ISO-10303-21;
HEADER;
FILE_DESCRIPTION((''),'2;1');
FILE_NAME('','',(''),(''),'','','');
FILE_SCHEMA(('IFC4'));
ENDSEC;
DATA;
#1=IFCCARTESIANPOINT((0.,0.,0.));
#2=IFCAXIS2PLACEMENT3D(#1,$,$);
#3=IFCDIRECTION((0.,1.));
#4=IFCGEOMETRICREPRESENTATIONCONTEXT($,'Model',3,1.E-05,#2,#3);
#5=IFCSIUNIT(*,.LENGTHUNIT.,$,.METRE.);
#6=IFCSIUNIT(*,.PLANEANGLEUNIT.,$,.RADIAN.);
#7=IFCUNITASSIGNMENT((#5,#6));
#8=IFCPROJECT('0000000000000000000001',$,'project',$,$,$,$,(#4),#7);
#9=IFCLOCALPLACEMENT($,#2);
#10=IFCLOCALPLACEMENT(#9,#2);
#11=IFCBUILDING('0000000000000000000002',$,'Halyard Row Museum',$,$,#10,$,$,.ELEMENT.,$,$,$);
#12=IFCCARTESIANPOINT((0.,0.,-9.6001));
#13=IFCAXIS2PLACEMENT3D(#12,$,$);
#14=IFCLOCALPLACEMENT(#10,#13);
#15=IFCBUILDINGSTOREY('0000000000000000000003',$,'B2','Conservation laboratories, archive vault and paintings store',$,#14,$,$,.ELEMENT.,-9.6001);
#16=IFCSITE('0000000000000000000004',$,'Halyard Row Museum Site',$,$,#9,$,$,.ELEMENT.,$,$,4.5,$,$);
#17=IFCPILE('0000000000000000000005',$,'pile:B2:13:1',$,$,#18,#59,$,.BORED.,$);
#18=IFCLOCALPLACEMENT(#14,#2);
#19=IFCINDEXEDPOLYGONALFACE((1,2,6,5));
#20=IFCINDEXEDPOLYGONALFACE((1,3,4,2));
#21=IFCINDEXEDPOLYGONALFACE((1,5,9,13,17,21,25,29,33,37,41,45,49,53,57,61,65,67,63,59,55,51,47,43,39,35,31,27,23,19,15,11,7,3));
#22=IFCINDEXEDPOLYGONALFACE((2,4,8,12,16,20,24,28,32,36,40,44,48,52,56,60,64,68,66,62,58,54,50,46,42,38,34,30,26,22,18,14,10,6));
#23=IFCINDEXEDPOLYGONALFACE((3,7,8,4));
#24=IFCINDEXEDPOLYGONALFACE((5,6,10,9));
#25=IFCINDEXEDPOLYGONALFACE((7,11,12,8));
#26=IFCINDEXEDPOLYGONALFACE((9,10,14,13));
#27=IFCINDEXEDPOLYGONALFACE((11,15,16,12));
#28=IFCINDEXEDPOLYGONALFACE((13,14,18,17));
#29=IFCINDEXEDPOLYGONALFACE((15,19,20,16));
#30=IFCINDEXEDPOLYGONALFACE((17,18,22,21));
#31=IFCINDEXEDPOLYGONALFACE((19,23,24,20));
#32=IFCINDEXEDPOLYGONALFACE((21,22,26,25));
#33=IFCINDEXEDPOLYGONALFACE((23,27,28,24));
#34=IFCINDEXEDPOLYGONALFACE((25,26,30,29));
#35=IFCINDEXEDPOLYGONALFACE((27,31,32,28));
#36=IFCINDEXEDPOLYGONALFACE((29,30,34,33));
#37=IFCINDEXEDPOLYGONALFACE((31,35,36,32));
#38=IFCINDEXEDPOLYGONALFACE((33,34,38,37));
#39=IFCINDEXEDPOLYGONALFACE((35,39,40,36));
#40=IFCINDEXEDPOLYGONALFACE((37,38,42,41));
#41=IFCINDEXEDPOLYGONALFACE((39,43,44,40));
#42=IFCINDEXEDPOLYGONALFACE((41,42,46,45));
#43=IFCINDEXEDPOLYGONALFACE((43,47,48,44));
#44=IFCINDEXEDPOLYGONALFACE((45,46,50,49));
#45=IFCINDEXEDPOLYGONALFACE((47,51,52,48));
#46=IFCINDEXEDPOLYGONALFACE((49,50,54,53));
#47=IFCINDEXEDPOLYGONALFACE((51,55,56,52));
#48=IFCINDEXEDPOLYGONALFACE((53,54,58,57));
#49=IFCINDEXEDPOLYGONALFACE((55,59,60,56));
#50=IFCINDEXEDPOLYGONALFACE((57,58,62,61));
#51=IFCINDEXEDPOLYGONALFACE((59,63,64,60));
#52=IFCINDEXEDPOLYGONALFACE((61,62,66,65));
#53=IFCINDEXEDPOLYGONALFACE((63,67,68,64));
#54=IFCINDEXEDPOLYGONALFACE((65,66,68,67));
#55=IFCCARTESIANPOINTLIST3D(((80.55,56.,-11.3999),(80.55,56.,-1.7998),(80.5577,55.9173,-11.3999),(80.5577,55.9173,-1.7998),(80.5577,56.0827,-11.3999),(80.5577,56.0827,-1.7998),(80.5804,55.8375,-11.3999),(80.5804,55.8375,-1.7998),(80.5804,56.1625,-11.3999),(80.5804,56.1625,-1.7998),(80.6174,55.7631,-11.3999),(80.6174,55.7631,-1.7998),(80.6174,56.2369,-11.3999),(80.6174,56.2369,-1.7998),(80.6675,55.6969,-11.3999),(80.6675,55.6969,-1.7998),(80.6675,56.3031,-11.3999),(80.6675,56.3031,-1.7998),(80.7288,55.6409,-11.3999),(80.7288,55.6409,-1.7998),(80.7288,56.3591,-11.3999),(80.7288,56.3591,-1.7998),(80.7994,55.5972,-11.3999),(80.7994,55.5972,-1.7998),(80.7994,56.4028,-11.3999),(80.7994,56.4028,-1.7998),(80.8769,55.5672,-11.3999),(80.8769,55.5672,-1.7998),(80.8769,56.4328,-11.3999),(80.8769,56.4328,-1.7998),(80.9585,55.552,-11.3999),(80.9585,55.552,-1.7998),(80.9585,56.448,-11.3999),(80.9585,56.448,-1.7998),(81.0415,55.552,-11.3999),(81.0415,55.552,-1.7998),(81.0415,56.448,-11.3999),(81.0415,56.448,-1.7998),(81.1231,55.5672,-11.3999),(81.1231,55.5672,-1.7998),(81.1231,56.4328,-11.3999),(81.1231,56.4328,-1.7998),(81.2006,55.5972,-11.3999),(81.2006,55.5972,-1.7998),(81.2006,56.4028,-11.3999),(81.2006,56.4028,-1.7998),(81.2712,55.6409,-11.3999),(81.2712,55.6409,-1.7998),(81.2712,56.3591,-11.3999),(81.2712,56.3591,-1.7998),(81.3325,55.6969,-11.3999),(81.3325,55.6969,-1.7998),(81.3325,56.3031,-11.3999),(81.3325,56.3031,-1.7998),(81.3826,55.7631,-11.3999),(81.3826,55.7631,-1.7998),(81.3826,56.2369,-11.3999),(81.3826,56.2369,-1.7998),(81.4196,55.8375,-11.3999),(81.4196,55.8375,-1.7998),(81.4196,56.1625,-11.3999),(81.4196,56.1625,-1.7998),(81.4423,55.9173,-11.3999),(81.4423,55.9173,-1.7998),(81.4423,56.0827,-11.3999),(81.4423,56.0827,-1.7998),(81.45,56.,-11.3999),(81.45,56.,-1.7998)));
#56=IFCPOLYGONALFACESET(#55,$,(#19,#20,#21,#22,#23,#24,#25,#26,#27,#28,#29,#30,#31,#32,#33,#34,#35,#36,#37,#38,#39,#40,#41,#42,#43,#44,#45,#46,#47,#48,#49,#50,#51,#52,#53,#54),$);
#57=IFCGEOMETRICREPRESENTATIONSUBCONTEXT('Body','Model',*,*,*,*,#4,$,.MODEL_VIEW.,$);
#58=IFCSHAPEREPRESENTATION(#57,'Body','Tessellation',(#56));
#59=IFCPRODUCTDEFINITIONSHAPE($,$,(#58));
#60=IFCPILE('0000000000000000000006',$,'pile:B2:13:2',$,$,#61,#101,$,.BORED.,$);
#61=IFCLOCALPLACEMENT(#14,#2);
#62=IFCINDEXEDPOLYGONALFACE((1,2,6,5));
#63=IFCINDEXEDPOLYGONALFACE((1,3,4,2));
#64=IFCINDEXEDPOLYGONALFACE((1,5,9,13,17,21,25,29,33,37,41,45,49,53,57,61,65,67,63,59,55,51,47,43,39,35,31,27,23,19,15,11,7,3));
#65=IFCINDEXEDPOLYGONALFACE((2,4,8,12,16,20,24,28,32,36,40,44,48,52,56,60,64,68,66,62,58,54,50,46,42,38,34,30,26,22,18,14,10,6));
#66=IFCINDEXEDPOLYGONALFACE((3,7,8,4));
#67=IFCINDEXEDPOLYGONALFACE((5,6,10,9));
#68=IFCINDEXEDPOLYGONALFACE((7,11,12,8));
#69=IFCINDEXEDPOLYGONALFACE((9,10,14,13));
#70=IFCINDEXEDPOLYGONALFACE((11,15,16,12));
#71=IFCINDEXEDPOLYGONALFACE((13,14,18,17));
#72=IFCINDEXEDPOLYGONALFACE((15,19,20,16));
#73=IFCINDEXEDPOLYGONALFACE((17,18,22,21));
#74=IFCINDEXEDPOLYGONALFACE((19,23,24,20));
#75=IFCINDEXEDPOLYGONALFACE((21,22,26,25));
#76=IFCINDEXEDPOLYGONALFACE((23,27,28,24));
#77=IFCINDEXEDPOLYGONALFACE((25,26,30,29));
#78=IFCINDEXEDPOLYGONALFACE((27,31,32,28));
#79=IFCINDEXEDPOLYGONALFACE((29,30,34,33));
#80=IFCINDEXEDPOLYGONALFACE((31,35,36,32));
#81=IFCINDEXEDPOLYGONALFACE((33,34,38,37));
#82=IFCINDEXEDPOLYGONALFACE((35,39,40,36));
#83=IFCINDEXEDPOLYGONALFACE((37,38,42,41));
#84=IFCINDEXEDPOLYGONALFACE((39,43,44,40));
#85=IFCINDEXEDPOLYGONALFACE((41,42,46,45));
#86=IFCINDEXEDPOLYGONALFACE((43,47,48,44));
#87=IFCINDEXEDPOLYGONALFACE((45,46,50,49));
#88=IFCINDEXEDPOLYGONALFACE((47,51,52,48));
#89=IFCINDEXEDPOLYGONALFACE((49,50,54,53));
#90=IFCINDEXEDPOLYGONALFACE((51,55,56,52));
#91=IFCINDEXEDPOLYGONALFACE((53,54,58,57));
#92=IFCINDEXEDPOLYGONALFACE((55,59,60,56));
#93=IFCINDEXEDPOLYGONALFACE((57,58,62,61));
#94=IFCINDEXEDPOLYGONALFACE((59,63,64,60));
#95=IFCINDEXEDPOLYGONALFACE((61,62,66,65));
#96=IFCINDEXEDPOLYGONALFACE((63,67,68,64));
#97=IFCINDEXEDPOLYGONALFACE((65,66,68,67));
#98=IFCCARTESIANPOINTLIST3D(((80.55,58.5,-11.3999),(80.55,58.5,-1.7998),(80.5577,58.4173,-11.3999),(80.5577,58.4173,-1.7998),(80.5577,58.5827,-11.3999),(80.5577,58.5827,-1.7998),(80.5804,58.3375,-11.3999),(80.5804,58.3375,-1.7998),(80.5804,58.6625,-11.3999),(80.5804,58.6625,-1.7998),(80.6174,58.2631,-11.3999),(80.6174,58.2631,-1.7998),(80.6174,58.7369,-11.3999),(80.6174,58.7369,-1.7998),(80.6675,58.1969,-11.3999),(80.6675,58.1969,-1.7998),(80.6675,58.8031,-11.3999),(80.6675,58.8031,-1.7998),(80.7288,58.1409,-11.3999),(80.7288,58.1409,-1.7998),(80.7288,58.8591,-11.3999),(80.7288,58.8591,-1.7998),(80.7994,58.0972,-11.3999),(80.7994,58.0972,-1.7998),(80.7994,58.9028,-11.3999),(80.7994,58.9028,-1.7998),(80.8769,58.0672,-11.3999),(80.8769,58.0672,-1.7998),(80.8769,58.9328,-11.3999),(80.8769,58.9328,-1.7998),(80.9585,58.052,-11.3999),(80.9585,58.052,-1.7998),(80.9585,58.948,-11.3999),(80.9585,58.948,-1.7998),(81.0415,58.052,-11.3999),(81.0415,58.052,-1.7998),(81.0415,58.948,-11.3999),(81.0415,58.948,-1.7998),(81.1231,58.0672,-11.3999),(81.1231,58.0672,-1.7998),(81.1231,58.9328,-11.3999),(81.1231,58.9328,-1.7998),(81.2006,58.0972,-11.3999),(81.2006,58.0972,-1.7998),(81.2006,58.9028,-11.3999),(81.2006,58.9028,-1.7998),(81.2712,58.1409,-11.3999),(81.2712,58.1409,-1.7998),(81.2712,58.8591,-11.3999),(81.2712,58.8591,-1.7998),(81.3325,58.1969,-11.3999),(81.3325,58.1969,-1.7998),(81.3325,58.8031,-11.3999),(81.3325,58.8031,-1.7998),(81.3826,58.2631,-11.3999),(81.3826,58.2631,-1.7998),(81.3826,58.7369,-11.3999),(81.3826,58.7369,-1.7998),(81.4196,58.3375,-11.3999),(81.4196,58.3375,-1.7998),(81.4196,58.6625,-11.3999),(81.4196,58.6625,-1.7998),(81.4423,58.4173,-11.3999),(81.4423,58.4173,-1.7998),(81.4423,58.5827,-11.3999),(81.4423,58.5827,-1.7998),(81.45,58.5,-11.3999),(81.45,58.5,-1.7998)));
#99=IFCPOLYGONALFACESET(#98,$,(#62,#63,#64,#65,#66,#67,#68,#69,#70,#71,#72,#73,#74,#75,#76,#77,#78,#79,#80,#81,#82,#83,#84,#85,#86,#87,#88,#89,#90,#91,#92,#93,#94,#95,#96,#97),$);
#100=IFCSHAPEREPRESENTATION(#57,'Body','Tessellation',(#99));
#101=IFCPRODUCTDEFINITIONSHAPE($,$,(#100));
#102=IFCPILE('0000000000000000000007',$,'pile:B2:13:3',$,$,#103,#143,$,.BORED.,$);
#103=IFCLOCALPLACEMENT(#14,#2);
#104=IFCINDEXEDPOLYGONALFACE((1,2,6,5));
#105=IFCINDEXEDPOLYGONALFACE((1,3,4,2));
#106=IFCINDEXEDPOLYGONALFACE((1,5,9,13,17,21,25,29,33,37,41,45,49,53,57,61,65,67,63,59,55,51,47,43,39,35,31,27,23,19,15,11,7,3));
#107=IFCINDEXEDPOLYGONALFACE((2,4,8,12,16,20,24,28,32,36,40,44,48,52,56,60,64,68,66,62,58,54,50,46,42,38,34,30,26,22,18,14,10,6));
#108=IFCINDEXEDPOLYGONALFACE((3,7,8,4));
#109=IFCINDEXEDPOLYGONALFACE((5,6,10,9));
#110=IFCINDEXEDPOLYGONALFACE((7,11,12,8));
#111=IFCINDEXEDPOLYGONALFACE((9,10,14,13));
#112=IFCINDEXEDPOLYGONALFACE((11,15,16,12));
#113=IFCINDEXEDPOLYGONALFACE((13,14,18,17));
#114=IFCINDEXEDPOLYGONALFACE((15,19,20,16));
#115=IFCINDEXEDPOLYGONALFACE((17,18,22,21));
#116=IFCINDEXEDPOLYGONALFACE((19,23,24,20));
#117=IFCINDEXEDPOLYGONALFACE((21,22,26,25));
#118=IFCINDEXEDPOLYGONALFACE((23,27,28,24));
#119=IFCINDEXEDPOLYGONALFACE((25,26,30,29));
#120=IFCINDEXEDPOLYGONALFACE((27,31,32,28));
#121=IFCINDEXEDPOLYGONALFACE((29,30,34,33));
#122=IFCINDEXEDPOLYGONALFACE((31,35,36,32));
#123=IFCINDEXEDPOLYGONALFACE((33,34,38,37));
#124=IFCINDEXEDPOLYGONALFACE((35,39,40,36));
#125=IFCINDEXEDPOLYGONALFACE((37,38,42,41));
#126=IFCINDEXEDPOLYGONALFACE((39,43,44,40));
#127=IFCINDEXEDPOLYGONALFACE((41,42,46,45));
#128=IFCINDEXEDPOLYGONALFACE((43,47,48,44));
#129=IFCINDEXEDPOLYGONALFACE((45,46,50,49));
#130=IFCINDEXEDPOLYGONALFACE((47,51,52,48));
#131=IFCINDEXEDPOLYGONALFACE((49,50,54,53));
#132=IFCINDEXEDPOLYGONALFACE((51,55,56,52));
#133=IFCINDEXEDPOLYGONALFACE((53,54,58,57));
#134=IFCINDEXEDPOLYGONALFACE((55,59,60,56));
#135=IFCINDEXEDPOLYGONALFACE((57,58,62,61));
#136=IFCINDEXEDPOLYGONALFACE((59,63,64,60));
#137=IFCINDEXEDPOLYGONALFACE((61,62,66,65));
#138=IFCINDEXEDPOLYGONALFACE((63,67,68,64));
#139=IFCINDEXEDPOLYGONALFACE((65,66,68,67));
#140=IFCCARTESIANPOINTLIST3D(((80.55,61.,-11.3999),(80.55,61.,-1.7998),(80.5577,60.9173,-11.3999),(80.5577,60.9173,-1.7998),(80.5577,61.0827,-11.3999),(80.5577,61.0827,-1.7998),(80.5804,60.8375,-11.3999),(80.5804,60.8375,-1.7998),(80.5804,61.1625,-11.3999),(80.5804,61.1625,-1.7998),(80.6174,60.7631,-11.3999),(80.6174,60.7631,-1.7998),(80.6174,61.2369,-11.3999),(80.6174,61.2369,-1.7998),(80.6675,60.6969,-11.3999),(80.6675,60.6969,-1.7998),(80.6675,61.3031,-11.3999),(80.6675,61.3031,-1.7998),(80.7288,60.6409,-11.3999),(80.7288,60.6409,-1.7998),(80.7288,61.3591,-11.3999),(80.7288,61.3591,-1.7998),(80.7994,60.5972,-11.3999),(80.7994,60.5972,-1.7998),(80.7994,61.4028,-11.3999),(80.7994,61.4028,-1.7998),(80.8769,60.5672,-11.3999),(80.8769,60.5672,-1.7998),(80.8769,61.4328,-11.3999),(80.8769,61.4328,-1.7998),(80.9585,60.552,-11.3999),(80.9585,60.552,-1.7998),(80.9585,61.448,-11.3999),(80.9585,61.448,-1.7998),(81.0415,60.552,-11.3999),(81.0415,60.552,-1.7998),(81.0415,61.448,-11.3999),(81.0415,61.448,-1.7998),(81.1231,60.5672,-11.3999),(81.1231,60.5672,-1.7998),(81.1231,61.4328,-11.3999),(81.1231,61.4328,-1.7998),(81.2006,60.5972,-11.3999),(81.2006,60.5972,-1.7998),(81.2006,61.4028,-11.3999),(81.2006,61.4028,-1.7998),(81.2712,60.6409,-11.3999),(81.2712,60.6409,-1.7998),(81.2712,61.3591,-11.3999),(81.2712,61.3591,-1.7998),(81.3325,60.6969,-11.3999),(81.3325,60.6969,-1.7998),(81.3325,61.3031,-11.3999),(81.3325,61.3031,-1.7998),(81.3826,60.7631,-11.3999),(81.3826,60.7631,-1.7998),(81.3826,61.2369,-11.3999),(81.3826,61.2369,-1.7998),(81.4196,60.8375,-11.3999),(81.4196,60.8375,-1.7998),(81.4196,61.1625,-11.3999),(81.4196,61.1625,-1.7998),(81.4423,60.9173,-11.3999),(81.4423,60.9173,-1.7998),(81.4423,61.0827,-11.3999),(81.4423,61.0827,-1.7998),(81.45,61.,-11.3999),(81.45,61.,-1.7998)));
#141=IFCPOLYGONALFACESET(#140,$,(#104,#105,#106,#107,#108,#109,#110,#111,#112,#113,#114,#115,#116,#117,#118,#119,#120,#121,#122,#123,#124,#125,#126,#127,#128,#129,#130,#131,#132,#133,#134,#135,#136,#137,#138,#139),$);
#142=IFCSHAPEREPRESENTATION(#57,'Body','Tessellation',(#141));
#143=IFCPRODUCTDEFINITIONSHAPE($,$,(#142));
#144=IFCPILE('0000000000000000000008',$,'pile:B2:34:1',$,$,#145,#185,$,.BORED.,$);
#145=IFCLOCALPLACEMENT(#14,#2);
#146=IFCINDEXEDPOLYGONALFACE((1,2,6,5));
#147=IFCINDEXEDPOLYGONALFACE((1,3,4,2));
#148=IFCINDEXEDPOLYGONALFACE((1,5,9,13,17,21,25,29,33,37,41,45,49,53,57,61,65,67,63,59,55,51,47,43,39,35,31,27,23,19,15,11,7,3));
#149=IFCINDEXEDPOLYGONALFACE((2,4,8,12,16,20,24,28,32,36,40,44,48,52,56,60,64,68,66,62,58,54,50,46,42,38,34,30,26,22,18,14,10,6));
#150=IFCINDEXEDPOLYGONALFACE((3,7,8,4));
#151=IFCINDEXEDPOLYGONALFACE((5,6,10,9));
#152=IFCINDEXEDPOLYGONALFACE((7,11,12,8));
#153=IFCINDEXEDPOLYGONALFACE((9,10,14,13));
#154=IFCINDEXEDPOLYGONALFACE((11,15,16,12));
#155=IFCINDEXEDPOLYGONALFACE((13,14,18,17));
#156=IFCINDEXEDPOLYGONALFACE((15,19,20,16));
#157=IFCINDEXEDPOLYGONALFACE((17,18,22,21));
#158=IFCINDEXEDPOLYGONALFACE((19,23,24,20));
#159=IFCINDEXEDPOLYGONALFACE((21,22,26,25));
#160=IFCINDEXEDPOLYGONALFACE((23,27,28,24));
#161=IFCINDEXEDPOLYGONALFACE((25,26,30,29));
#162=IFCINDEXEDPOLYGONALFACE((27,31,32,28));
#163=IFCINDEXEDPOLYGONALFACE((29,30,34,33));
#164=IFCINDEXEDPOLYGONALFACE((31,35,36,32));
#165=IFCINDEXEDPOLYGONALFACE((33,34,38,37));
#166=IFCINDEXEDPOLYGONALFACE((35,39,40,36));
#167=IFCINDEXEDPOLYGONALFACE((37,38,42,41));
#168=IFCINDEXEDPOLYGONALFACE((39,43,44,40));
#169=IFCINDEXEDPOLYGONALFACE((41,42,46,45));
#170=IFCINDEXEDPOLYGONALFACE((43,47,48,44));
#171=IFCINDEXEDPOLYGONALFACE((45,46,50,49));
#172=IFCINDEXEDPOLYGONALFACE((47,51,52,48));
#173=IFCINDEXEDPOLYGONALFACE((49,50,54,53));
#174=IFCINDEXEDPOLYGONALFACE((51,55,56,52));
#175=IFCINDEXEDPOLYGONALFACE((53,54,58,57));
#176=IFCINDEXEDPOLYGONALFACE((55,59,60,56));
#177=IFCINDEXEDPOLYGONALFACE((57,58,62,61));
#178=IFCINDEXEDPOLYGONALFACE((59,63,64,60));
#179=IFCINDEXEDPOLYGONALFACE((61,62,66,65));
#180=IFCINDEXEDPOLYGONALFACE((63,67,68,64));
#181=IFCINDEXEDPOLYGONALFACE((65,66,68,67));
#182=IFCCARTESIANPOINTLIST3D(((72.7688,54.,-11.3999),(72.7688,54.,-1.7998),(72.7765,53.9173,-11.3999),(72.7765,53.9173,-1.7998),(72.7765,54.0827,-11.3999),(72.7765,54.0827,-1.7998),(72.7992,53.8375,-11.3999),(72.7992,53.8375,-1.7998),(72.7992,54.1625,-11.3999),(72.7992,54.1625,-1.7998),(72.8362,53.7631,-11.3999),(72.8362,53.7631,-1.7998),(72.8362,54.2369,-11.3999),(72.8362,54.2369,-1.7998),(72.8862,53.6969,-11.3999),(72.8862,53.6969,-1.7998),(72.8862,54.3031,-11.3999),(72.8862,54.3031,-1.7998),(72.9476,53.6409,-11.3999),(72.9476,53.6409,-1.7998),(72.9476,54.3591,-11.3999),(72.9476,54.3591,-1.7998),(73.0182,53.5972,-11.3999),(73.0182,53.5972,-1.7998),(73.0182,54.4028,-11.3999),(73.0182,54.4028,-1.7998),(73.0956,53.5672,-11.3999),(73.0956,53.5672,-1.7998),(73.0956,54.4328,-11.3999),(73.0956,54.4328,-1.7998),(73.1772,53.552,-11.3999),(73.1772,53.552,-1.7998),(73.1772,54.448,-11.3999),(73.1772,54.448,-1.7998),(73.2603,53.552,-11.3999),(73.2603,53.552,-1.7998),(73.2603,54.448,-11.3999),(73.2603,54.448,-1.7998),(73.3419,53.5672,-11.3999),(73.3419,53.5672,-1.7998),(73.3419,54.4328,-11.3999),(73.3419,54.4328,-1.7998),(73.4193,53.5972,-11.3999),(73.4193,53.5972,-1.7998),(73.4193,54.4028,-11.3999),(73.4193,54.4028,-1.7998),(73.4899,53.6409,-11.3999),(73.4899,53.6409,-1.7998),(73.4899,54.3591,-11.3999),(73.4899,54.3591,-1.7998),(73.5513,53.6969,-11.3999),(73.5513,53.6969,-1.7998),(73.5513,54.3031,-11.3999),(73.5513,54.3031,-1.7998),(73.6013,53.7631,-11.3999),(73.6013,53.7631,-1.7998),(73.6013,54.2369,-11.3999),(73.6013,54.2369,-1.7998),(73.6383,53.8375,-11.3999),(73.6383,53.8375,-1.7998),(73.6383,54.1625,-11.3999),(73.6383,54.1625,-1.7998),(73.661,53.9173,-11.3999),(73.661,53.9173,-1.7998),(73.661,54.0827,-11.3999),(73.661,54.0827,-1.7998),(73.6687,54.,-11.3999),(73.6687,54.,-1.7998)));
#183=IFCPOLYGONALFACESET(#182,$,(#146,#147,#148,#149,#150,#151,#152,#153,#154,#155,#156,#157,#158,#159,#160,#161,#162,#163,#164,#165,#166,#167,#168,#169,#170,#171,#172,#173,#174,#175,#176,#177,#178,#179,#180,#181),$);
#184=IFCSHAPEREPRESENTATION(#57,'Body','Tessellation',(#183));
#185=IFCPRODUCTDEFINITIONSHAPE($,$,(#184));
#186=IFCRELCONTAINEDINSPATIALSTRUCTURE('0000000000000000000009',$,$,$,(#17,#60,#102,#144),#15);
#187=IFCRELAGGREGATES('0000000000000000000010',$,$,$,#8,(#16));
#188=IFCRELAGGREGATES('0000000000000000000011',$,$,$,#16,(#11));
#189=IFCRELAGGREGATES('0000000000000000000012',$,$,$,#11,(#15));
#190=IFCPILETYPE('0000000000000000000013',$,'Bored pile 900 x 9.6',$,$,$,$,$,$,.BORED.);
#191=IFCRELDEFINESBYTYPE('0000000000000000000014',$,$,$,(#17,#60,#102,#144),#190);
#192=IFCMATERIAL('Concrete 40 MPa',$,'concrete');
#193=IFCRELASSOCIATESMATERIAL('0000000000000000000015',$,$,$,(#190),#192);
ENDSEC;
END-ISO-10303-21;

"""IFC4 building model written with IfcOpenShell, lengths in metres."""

from ifc_helpers import new_model, si_unit, direction, frame, origin, origin_2d, place, context, subcontext, project, spatial, circle, extrude, material, material_profile, profile_set, type_object, element, save


model = new_model("IFC4")

# Units and contexts
model_context = context("Model", 3, precision=1e-05, world=origin(), true_north=direction((0.0, 1.0)))
body_context = subcontext(model_context, "Body", "Model", "MODEL_VIEW")
ifc_project = project(units=[si_unit("LENGTHUNIT", "METRE"), si_unit("PLANEANGLEUNIT", "RADIAN")], contexts=[model_context])

# Site, building, storey
site_placement = place(None, origin())
site = spatial("IfcSite", under=ifc_project, at=site_placement, Name="Halyard Row Museum Site", CompositionType="ELEMENT", RefElevation=4.5)
building_placement = place(site_placement, origin())
building = spatial("IfcBuilding", under=site, at=building_placement, Name="Halyard Row Museum", CompositionType="ELEMENT")
storey_placement = place(building_placement, frame((0.0, 0.0, -9.6001)))
storey = spatial("IfcBuildingStorey", under=building, at=storey_placement, Name="B2", Description="Conservation laboratories, archive vault and paintings store", CompositionType="ELEMENT", Elevation=-9.6001)

# Piles
ifc_material_1 = material(Name="Concrete 40 MPa", Category="concrete")
ifc_material_profile_1 = material_profile(ifc_material_1, circle(Radius=0.45, at=origin_2d()), Name="Bored pile 900 x 9.6")
ifc_profile_set_1 = profile_set([ifc_material_profile_1], Name="Concrete 40 MPa")
pile_type_1 = type_object("IfcPileType", Name="Bored pile 900 x 9.6", PredefinedType="BORED", material=ifc_profile_set_1)
for number, where, z_axis, x_axis, name in (
    (1, (81.0, 56.0, -1.7998), (0.0, 0.0, -1.0), (1.0, 0.0, 0.0), "pile:B2:13:1"),
    (2, (81.0, 58.5, -1.7998), (0.0, 0.0, -1.0), (1.0, 0.0, 0.0), "pile:B2:13:2"),
    (3, (81.0, 61.0, -1.7998), (0.0, 0.0, -1.0), (1.0, 0.0, 0.0), "pile:B2:13:3"),
    (4, (73.2188, 54.0, -1.7998), (0.0, 0.0, -1.0), (1.0, 0.0, 0.0), "pile:B2:34:1"),
):
    element("IfcPile", number, at=place(storey_placement, frame(where, z_axis=z_axis, x_axis=x_axis)), inside=storey, type_object=pile_type_1, Name=name, PredefinedType="BORED", context=body_context, shape_type="SweptSolid", body=[
        extrude(circle(Radius=0.45, at=origin_2d()), origin(), (0.0, 0.0, 1.0), 9.6001),
    ])

save(model, "model.ifc")
